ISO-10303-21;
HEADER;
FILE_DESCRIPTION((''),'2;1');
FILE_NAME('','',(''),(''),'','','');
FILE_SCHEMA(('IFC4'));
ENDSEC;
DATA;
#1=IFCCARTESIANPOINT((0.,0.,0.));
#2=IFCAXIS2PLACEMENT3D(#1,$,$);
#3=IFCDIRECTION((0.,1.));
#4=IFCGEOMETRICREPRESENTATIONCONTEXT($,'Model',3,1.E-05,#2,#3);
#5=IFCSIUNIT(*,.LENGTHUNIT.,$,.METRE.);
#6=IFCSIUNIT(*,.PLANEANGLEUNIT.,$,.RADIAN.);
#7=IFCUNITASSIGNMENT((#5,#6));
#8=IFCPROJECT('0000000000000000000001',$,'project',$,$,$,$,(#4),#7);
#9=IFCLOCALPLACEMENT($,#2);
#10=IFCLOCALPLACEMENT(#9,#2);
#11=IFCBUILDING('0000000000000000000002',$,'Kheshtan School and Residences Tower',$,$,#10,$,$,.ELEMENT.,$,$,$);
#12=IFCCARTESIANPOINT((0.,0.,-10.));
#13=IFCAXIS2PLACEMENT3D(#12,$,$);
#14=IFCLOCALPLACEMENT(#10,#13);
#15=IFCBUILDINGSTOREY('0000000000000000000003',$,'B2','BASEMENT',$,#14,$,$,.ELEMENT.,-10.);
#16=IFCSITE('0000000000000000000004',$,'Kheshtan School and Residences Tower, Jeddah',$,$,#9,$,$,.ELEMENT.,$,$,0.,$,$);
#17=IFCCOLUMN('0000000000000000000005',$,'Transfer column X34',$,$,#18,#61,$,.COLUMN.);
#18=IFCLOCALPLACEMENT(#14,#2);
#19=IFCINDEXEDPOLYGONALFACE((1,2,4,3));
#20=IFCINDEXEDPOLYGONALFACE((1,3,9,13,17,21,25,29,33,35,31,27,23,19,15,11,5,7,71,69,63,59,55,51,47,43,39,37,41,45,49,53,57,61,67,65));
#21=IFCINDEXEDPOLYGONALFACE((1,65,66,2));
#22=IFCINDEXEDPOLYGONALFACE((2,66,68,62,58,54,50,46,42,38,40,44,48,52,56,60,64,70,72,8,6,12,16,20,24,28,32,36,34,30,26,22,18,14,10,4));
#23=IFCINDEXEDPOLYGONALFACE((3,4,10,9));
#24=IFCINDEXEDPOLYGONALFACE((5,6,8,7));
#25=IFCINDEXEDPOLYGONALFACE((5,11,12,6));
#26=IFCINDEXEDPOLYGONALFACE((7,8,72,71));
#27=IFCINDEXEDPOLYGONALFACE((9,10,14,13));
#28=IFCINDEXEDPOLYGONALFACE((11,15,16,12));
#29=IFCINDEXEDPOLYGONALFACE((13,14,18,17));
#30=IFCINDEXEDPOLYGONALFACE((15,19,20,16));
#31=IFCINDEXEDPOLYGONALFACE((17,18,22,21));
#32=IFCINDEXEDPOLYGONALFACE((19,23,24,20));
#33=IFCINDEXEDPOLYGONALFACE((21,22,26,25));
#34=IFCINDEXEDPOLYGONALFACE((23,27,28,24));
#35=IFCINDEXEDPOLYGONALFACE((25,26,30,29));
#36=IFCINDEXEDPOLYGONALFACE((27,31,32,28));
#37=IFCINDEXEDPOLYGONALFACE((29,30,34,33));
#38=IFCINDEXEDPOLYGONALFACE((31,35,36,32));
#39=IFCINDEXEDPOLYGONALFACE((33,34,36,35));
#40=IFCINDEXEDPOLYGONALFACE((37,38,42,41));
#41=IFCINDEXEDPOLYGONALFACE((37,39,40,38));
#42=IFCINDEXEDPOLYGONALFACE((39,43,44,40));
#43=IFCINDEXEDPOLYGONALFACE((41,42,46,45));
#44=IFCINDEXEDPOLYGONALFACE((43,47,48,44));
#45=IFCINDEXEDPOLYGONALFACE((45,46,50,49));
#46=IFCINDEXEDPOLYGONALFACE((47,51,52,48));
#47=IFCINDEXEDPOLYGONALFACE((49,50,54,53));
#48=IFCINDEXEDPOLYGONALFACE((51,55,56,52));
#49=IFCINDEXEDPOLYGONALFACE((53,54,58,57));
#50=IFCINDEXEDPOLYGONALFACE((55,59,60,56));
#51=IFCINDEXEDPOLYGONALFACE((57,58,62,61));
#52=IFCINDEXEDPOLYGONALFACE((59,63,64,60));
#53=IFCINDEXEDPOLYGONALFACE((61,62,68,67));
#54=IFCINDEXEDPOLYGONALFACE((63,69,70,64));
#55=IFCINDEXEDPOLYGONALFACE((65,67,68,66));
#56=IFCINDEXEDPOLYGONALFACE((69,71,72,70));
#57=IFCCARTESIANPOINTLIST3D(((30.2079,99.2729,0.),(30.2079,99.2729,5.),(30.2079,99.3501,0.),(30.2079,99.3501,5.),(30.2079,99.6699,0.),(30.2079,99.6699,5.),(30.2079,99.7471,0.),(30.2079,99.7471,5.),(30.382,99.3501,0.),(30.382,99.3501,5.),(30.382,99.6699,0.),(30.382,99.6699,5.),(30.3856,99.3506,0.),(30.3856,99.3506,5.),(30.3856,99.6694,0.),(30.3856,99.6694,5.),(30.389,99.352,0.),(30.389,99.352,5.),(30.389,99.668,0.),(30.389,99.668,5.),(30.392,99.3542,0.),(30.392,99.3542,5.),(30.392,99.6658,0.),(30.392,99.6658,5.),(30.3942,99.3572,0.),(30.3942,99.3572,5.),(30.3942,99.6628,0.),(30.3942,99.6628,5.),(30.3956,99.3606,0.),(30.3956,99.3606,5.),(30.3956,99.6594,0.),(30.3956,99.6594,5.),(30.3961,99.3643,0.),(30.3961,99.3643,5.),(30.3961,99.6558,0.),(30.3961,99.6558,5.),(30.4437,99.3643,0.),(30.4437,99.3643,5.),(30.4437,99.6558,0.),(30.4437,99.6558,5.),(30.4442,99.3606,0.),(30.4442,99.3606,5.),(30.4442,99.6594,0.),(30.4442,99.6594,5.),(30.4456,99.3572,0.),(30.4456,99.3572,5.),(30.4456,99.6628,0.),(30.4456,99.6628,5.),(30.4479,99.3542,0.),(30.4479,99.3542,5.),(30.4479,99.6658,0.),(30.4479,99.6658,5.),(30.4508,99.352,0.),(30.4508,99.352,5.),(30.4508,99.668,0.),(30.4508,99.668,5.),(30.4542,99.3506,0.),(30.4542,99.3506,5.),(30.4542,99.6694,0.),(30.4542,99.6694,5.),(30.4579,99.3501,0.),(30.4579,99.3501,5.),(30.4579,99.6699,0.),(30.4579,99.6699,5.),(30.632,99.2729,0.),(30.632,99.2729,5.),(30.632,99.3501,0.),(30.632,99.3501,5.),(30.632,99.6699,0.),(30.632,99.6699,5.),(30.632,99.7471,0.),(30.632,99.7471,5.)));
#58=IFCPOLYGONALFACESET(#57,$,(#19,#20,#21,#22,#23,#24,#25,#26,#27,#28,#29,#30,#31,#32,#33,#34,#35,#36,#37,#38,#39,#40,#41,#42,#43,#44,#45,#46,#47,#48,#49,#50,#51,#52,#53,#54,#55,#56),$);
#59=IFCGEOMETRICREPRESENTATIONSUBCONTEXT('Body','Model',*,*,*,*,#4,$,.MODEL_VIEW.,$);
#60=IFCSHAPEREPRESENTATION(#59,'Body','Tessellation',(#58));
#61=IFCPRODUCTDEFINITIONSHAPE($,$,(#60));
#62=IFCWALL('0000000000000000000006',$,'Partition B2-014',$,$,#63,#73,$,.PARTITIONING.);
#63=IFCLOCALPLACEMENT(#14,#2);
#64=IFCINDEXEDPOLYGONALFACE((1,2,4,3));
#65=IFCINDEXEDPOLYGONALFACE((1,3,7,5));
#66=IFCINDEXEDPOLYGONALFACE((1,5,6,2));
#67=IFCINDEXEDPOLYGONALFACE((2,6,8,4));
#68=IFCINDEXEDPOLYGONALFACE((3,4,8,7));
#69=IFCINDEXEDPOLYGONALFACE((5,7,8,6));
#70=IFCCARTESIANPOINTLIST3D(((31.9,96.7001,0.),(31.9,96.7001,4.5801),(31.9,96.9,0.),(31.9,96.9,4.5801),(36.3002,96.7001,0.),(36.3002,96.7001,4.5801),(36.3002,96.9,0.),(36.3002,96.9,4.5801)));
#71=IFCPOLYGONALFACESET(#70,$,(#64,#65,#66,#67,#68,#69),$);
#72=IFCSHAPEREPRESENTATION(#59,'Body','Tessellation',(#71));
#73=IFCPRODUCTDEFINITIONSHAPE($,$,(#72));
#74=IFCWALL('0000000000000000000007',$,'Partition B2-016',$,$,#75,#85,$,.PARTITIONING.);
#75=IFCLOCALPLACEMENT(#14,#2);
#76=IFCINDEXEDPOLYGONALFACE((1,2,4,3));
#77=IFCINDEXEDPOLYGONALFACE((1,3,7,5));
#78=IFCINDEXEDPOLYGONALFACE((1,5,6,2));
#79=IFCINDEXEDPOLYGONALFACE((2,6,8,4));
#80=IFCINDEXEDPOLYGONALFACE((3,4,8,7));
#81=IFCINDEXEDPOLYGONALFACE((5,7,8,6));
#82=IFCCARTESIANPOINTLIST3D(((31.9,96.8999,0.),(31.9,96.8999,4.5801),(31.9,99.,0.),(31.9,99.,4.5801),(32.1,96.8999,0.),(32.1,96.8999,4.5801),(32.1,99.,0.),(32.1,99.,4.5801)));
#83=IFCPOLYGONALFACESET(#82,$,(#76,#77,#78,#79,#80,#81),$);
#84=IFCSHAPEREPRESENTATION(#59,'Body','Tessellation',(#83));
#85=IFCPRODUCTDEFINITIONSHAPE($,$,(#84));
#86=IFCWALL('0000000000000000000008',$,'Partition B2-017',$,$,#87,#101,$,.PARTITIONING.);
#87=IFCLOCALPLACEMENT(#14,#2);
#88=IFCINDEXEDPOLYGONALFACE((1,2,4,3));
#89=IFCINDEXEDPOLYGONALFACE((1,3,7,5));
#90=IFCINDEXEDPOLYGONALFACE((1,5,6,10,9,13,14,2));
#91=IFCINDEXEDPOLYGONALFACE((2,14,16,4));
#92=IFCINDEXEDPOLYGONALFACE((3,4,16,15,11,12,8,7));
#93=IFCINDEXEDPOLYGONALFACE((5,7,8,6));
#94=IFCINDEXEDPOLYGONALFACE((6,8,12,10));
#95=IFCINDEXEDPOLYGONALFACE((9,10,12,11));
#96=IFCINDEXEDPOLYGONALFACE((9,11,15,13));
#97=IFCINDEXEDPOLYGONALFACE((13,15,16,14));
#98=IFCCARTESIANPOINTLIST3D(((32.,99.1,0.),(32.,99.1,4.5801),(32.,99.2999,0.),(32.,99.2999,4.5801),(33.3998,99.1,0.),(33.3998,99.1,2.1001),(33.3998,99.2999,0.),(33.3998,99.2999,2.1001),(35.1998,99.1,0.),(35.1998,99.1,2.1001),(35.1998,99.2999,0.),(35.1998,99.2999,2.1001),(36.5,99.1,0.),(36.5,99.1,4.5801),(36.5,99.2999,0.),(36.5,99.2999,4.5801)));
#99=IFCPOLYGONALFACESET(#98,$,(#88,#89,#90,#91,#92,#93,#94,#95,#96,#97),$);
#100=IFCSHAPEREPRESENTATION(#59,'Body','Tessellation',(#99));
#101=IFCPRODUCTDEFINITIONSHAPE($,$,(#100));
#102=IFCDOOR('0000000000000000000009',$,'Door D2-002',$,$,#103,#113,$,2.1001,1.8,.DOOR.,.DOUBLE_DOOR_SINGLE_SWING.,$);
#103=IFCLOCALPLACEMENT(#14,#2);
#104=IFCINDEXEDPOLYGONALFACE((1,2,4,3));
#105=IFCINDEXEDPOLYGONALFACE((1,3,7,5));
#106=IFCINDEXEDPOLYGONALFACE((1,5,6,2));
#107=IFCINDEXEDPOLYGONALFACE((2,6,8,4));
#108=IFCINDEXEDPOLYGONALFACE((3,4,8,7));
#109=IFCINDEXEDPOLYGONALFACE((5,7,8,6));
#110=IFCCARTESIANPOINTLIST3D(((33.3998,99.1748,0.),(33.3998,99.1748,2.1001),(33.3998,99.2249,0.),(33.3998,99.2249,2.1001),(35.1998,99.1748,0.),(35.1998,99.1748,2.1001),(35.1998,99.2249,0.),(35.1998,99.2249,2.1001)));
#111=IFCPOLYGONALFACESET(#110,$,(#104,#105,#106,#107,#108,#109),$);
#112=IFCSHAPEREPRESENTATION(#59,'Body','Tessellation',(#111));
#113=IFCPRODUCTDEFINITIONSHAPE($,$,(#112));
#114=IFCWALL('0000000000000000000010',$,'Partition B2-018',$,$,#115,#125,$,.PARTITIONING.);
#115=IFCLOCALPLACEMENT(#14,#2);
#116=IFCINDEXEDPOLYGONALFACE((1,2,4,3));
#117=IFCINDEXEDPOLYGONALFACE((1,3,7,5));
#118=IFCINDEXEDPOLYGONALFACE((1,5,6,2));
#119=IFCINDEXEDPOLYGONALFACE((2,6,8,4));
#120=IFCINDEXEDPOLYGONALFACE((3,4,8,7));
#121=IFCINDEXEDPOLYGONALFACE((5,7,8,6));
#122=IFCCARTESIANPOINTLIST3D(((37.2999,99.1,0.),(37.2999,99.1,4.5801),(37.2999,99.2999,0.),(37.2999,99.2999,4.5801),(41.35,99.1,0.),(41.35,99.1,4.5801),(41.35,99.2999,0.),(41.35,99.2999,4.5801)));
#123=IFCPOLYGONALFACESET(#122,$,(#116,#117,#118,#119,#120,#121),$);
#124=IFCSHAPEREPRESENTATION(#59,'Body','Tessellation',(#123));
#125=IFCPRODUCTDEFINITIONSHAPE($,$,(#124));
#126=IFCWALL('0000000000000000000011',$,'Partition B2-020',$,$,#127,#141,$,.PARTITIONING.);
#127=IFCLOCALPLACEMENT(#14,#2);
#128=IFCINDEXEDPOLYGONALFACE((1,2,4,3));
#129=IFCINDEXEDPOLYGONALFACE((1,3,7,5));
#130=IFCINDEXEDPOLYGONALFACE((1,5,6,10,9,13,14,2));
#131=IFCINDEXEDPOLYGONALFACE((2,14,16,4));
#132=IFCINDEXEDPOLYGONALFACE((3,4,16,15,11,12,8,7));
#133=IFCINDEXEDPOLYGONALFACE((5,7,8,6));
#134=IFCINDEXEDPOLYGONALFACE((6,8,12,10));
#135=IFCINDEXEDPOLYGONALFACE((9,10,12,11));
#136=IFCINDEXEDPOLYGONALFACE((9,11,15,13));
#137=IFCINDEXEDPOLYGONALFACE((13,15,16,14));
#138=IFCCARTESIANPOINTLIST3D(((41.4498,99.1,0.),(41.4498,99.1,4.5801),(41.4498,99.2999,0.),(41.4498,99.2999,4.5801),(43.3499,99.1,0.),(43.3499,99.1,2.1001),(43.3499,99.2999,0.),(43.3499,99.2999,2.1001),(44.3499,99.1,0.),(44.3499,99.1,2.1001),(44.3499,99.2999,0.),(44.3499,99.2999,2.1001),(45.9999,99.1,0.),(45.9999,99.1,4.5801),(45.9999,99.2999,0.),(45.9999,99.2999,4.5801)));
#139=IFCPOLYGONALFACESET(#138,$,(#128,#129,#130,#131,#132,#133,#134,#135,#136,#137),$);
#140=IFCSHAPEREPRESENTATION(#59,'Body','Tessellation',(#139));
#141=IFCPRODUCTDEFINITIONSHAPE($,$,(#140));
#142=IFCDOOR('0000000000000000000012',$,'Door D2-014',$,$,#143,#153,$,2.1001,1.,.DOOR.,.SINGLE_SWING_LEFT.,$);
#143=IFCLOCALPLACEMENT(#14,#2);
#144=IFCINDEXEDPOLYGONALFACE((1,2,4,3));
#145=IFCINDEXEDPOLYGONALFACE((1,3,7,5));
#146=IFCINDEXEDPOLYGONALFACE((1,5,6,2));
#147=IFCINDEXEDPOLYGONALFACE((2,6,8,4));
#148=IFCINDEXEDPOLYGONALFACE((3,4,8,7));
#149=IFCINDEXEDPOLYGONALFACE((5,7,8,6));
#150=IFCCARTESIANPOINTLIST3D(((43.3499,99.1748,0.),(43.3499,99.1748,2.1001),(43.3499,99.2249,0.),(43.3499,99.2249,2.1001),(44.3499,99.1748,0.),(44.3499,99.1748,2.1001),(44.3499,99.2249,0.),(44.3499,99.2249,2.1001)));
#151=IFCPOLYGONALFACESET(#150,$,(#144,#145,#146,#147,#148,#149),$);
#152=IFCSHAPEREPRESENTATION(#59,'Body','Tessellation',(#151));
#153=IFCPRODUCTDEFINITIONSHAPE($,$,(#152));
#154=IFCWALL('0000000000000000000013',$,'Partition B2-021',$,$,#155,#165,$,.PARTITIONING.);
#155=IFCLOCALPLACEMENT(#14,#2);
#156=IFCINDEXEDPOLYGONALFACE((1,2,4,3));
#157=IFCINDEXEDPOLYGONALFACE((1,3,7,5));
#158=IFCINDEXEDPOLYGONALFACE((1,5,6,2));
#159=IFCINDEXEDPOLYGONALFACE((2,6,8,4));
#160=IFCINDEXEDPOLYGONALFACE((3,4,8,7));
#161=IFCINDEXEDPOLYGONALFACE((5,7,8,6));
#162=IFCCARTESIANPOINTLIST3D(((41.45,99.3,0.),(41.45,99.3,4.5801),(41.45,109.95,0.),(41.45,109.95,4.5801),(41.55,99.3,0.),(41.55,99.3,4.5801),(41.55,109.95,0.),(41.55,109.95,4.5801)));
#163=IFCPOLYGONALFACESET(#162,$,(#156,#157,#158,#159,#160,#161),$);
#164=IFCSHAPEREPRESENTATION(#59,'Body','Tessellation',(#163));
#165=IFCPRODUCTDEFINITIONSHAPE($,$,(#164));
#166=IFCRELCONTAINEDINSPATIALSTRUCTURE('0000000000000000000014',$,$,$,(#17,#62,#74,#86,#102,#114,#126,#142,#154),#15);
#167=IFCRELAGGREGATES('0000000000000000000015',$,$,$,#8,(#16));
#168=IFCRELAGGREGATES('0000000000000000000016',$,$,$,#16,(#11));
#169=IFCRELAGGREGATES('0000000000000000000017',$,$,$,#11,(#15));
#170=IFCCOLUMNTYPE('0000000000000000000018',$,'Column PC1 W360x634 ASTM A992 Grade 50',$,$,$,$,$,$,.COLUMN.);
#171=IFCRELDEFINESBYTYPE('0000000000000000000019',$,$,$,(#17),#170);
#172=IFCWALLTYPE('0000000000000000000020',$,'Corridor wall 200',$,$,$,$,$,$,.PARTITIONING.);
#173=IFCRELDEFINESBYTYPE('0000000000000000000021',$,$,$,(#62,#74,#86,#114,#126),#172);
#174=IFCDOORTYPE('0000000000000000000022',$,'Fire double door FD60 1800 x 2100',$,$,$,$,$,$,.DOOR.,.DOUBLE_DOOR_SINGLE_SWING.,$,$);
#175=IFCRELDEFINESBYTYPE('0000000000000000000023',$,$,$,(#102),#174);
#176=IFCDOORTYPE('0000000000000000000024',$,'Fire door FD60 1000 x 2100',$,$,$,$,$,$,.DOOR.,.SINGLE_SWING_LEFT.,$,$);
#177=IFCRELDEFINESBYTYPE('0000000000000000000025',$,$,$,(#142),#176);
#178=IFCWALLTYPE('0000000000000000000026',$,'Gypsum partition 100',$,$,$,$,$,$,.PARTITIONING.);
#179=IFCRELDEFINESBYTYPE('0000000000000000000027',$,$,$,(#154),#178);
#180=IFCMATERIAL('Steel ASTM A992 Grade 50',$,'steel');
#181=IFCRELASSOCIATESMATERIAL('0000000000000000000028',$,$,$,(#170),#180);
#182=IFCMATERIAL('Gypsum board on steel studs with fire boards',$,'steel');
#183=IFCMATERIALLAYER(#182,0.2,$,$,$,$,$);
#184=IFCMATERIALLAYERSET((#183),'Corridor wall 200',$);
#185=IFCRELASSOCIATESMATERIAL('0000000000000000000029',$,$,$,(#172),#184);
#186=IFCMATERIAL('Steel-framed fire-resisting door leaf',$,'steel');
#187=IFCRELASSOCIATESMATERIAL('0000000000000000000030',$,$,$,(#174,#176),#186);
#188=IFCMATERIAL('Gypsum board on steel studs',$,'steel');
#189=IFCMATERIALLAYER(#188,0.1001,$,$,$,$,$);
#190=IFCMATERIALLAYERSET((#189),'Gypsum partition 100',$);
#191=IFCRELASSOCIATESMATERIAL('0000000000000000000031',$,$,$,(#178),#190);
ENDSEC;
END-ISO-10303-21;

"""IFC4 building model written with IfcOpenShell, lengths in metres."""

from ifc_helpers import new_model, si_unit, direction, frame, frame_2d, origin, origin_2d, place, context, subcontext, project, spatial, rectangle, i_section, extrude, source, transform, mapped, material, layer, layer_set, material_profile, profile_set, type_object, element, fill, save


model = new_model("IFC4")

# Units and contexts
model_context = context("Model", 3, precision=1e-05, world=origin(), true_north=direction((0.0, 1.0)))
body_context = subcontext(model_context, "Body", "Model", "MODEL_VIEW")
ifc_project = project(units=[si_unit("LENGTHUNIT", "METRE"), si_unit("PLANEANGLEUNIT", "RADIAN")], contexts=[model_context])

# Site, building, storey
site_placement = place(None, origin())
site = spatial("IfcSite", under=ifc_project, at=site_placement, Name="Kheshtan School and Residences Tower, Jeddah", CompositionType="ELEMENT", RefElevation=0.0)
building_placement = place(site_placement, origin())
building = spatial("IfcBuilding", under=site, at=building_placement, Name="Kheshtan School and Residences Tower", CompositionType="ELEMENT")
storey_placement = place(building_placement, frame((0.0, 0.0, -10.0)))
storey = spatial("IfcBuildingStorey", under=building, at=storey_placement, Name="B2", Description="BASEMENT", CompositionType="ELEMENT", Elevation=-10.0)

# Column
ifc_material_1 = material(Name="Steel ASTM A992 Grade 50", Category="steel")
ifc_material_profile = material_profile(ifc_material_1, i_section(OverallWidth=0.4241, OverallDepth=0.4741, WebThickness=0.0476, FlangeThickness=0.0771, FilletRadius=0.0142, at=origin_2d()), Name="W360x634")
ifc_profile_set = profile_set([ifc_material_profile], Name="Steel ASTM A992 Grade 50")
column_type = type_object("IfcColumnType", Name="Column PC1 W360x634 ASTM A992 Grade 50", PredefinedType="COLUMN", material=ifc_profile_set)
for number, where, z_axis, x_axis, name in (
    (1, (30.4199, 99.51, 0.0), (0.0, 0.0, 1.0), (1.0, 0.0, 0.0), "Transfer column X34"),
):
    element("IfcColumn", number, at=place(storey_placement, frame(where, z_axis=z_axis, x_axis=x_axis)), inside=storey, type_object=column_type, Name=name, PredefinedType="COLUMN", context=body_context, shape_type="SweptSolid", body=[
        extrude(i_section(OverallWidth=0.4241, OverallDepth=0.4741, WebThickness=0.0476, FlangeThickness=0.0771, FilletRadius=0.0142, at=origin_2d()), origin(), (0.0, 0.0, 1.0), 5.0),
    ])

# Walls
ifc_material_2 = material(Name="Gypsum board on steel studs with fire boards", Category="steel")
ifc_layer_1 = layer(ifc_material_2, 0.2)
ifc_layer_set_1 = layer_set([ifc_layer_1], Name="Corridor wall 200")
wall_type_1 = type_object("IfcWallType", Name="Corridor wall 200", PredefinedType="PARTITIONING", material=ifc_layer_set_1)
wall_1_placement = place(storey_placement, frame((31.8999, 96.8, 0.0), z_axis=(0.0, 0.0, 1.0), x_axis=(1.0, 0.0, 0.0)))
element("IfcWall", 2, at=wall_1_placement, inside=storey, type_object=wall_type_1, Name="Partition B2-014", PredefinedType="PARTITIONING", context=body_context, shape_type="SweptSolid", body=[
    extrude(rectangle(XDim=4.4001, YDim=0.2, at=frame_2d((2.2002, 0.0))), origin(), (0.0, 0.0, 1.0), 4.5801),
])
wall_2_placement = place(storey_placement, frame((32.0, 96.8999, 0.0), z_axis=(0.0, 0.0, 1.0), x_axis=(0.0, 1.0, 0.0)))
element("IfcWall", 3, at=wall_2_placement, inside=storey, type_object=wall_type_1, Name="Partition B2-016", PredefinedType="PARTITIONING", context=body_context, shape_type="SweptSolid", body=[
    extrude(rectangle(XDim=2.1001, YDim=0.2, at=frame_2d((1.05, 0.0))), origin(), (0.0, 0.0, 1.0), 4.5801),
])

# Wall, opening, door
wall_3_placement = place(storey_placement, frame((32.0, 99.2, 0.0), z_axis=(0.0, 0.0, 1.0), x_axis=(1.0, 0.0, 0.0)))
wall_3 = element("IfcWall", 4, at=wall_3_placement, inside=storey, type_object=wall_type_1, Name="Partition B2-017", PredefinedType="PARTITIONING", context=body_context, shape_type="SweptSolid", body=[
    extrude(rectangle(XDim=4.5, YDim=0.2, at=frame_2d((2.25, 0.0))), origin(), (0.0, 0.0, 1.0), 4.5801),
])
opening_1_placement = place(wall_3_placement, frame((1.3999, 0.0, 0.0)))
opening_1 = element("IfcOpeningElement", 5, at=opening_1_placement, cuts=wall_3, PredefinedType="OPENING", context=body_context, shape_type="SweptSolid", body=[
    extrude(rectangle(XDim=1.8, YDim=2.1001, at=frame_2d((0.8999, 1.05))), frame((0.0, 0.1099, 0.0), z_axis=(0.0, -1.0, 0.0), x_axis=(1.0, 0.0, 0.0)), (0.0, 0.0, 1.0), 0.22),
])
ifc_material_3 = material(Name="Steel-framed fire-resisting door leaf", Category="steel")
door_type_1 = type_object("IfcDoorType", Name="Fire double door FD60 1800 x 2100", OperationType="DOUBLE_DOOR_SINGLE_SWING", PredefinedType="DOOR", material=ifc_material_3)
shared_shape_1 = source(origin(), body_context, "Body", "SweptSolid", [
    extrude(rectangle(XDim=1.8, YDim=2.1001, at=frame_2d((0.8999, 1.05))), frame((0.0, 0.0249, 0.0), z_axis=(0.0, -1.0, 0.0), x_axis=(1.0, 0.0, 0.0)), (0.0, 0.0, 1.0), 0.05),
])
door_1_placement = place(opening_1_placement, origin())
door_1 = element("IfcDoor", 6, at=door_1_placement, inside=storey, type_object=door_type_1, Name="Door D2-002", OperationType="DOUBLE_DOOR_SINGLE_SWING", OverallHeight=2.1001, OverallWidth=1.8, PredefinedType="DOOR", context=body_context, shape_type="MappedRepresentation", body=[
    mapped(shared_shape_1, transform((0.0, 0.0, 0.0), x_axis=(1.0, 0.0, 0.0), y_axis=(0.0, 1.0, 0.0), z_axis=(0.0, 0.0, 1.0), scale=1.0)),
])
fill(opening_1, door_1)

# Wall
wall_4_placement = place(storey_placement, frame((37.3, 99.2, 0.0), z_axis=(0.0, 0.0, 1.0), x_axis=(1.0, 0.0, 0.0)))
element("IfcWall", 7, at=wall_4_placement, inside=storey, type_object=wall_type_1, Name="Partition B2-018", PredefinedType="PARTITIONING", context=body_context, shape_type="SweptSolid", body=[
    extrude(rectangle(XDim=4.05, YDim=0.2, at=frame_2d((2.0249, 0.0))), origin(), (0.0, 0.0, 1.0), 4.5801),
])

# Wall, opening, door
wall_5_placement = place(storey_placement, frame((41.45, 99.2, 0.0), z_axis=(0.0, 0.0, 1.0), x_axis=(1.0, 0.0, 0.0)))
wall_5 = element("IfcWall", 8, at=wall_5_placement, inside=storey, type_object=wall_type_1, Name="Partition B2-020", PredefinedType="PARTITIONING", context=body_context, shape_type="SweptSolid", body=[
    extrude(rectangle(XDim=4.55, YDim=0.2, at=frame_2d((2.2749, 0.0))), origin(), (0.0, 0.0, 1.0), 4.5801),
])
opening_2_placement = place(wall_5_placement, frame((1.8999, 0.0, 0.0)))
opening_2 = element("IfcOpeningElement", 9, at=opening_2_placement, cuts=wall_5, PredefinedType="OPENING", context=body_context, shape_type="SweptSolid", body=[
    extrude(rectangle(XDim=1.0, YDim=2.1001, at=frame_2d((0.5, 1.05))), frame((0.0, 0.1099, 0.0), z_axis=(0.0, -1.0, 0.0), x_axis=(1.0, 0.0, 0.0)), (0.0, 0.0, 1.0), 0.22),
])
door_type_2 = type_object("IfcDoorType", Name="Fire door FD60 1000 x 2100", OperationType="SINGLE_SWING_LEFT", PredefinedType="DOOR", material=ifc_material_3)
shared_shape_2 = source(origin(), body_context, "Body", "SweptSolid", [
    extrude(rectangle(XDim=1.0, YDim=2.1001, at=frame_2d((0.5, 1.05))), frame((0.0, 0.0249, 0.0), z_axis=(0.0, -1.0, 0.0), x_axis=(1.0, 0.0, 0.0)), (0.0, 0.0, 1.0), 0.05),
])
door_2_placement = place(opening_2_placement, origin())
door_2 = element("IfcDoor", 10, at=door_2_placement, inside=storey, type_object=door_type_2, Name="Door D2-014", OperationType="SINGLE_SWING_LEFT", OverallHeight=2.1001, OverallWidth=1.0, PredefinedType="DOOR", context=body_context, shape_type="MappedRepresentation", body=[
    mapped(shared_shape_2, transform((0.0, 0.0, 0.0), x_axis=(1.0, 0.0, 0.0), y_axis=(0.0, 1.0, 0.0), z_axis=(0.0, 0.0, 1.0), scale=1.0)),
])
fill(opening_2, door_2)

# Wall
ifc_material_4 = material(Name="Gypsum board on steel studs", Category="steel")
ifc_layer_2 = layer(ifc_material_4, 0.1001)
ifc_layer_set_2 = layer_set([ifc_layer_2], Name="Gypsum partition 100")
wall_type_2 = type_object("IfcWallType", Name="Gypsum partition 100", PredefinedType="PARTITIONING", material=ifc_layer_set_2)
wall_6_placement = place(storey_placement, frame((41.5, 99.3, 0.0), z_axis=(0.0, 0.0, 1.0), x_axis=(0.0, 1.0, 0.0)))
element("IfcWall", 11, at=wall_6_placement, inside=storey, type_object=wall_type_2, Name="Partition B2-021", PredefinedType="PARTITIONING", context=body_context, shape_type="SweptSolid", body=[
    extrude(rectangle(XDim=10.6499, YDim=0.1001, at=frame_2d((5.325, 0.0))), origin(), (0.0, 0.0, 1.0), 4.5801),
])

save(model, "model.ifc")
